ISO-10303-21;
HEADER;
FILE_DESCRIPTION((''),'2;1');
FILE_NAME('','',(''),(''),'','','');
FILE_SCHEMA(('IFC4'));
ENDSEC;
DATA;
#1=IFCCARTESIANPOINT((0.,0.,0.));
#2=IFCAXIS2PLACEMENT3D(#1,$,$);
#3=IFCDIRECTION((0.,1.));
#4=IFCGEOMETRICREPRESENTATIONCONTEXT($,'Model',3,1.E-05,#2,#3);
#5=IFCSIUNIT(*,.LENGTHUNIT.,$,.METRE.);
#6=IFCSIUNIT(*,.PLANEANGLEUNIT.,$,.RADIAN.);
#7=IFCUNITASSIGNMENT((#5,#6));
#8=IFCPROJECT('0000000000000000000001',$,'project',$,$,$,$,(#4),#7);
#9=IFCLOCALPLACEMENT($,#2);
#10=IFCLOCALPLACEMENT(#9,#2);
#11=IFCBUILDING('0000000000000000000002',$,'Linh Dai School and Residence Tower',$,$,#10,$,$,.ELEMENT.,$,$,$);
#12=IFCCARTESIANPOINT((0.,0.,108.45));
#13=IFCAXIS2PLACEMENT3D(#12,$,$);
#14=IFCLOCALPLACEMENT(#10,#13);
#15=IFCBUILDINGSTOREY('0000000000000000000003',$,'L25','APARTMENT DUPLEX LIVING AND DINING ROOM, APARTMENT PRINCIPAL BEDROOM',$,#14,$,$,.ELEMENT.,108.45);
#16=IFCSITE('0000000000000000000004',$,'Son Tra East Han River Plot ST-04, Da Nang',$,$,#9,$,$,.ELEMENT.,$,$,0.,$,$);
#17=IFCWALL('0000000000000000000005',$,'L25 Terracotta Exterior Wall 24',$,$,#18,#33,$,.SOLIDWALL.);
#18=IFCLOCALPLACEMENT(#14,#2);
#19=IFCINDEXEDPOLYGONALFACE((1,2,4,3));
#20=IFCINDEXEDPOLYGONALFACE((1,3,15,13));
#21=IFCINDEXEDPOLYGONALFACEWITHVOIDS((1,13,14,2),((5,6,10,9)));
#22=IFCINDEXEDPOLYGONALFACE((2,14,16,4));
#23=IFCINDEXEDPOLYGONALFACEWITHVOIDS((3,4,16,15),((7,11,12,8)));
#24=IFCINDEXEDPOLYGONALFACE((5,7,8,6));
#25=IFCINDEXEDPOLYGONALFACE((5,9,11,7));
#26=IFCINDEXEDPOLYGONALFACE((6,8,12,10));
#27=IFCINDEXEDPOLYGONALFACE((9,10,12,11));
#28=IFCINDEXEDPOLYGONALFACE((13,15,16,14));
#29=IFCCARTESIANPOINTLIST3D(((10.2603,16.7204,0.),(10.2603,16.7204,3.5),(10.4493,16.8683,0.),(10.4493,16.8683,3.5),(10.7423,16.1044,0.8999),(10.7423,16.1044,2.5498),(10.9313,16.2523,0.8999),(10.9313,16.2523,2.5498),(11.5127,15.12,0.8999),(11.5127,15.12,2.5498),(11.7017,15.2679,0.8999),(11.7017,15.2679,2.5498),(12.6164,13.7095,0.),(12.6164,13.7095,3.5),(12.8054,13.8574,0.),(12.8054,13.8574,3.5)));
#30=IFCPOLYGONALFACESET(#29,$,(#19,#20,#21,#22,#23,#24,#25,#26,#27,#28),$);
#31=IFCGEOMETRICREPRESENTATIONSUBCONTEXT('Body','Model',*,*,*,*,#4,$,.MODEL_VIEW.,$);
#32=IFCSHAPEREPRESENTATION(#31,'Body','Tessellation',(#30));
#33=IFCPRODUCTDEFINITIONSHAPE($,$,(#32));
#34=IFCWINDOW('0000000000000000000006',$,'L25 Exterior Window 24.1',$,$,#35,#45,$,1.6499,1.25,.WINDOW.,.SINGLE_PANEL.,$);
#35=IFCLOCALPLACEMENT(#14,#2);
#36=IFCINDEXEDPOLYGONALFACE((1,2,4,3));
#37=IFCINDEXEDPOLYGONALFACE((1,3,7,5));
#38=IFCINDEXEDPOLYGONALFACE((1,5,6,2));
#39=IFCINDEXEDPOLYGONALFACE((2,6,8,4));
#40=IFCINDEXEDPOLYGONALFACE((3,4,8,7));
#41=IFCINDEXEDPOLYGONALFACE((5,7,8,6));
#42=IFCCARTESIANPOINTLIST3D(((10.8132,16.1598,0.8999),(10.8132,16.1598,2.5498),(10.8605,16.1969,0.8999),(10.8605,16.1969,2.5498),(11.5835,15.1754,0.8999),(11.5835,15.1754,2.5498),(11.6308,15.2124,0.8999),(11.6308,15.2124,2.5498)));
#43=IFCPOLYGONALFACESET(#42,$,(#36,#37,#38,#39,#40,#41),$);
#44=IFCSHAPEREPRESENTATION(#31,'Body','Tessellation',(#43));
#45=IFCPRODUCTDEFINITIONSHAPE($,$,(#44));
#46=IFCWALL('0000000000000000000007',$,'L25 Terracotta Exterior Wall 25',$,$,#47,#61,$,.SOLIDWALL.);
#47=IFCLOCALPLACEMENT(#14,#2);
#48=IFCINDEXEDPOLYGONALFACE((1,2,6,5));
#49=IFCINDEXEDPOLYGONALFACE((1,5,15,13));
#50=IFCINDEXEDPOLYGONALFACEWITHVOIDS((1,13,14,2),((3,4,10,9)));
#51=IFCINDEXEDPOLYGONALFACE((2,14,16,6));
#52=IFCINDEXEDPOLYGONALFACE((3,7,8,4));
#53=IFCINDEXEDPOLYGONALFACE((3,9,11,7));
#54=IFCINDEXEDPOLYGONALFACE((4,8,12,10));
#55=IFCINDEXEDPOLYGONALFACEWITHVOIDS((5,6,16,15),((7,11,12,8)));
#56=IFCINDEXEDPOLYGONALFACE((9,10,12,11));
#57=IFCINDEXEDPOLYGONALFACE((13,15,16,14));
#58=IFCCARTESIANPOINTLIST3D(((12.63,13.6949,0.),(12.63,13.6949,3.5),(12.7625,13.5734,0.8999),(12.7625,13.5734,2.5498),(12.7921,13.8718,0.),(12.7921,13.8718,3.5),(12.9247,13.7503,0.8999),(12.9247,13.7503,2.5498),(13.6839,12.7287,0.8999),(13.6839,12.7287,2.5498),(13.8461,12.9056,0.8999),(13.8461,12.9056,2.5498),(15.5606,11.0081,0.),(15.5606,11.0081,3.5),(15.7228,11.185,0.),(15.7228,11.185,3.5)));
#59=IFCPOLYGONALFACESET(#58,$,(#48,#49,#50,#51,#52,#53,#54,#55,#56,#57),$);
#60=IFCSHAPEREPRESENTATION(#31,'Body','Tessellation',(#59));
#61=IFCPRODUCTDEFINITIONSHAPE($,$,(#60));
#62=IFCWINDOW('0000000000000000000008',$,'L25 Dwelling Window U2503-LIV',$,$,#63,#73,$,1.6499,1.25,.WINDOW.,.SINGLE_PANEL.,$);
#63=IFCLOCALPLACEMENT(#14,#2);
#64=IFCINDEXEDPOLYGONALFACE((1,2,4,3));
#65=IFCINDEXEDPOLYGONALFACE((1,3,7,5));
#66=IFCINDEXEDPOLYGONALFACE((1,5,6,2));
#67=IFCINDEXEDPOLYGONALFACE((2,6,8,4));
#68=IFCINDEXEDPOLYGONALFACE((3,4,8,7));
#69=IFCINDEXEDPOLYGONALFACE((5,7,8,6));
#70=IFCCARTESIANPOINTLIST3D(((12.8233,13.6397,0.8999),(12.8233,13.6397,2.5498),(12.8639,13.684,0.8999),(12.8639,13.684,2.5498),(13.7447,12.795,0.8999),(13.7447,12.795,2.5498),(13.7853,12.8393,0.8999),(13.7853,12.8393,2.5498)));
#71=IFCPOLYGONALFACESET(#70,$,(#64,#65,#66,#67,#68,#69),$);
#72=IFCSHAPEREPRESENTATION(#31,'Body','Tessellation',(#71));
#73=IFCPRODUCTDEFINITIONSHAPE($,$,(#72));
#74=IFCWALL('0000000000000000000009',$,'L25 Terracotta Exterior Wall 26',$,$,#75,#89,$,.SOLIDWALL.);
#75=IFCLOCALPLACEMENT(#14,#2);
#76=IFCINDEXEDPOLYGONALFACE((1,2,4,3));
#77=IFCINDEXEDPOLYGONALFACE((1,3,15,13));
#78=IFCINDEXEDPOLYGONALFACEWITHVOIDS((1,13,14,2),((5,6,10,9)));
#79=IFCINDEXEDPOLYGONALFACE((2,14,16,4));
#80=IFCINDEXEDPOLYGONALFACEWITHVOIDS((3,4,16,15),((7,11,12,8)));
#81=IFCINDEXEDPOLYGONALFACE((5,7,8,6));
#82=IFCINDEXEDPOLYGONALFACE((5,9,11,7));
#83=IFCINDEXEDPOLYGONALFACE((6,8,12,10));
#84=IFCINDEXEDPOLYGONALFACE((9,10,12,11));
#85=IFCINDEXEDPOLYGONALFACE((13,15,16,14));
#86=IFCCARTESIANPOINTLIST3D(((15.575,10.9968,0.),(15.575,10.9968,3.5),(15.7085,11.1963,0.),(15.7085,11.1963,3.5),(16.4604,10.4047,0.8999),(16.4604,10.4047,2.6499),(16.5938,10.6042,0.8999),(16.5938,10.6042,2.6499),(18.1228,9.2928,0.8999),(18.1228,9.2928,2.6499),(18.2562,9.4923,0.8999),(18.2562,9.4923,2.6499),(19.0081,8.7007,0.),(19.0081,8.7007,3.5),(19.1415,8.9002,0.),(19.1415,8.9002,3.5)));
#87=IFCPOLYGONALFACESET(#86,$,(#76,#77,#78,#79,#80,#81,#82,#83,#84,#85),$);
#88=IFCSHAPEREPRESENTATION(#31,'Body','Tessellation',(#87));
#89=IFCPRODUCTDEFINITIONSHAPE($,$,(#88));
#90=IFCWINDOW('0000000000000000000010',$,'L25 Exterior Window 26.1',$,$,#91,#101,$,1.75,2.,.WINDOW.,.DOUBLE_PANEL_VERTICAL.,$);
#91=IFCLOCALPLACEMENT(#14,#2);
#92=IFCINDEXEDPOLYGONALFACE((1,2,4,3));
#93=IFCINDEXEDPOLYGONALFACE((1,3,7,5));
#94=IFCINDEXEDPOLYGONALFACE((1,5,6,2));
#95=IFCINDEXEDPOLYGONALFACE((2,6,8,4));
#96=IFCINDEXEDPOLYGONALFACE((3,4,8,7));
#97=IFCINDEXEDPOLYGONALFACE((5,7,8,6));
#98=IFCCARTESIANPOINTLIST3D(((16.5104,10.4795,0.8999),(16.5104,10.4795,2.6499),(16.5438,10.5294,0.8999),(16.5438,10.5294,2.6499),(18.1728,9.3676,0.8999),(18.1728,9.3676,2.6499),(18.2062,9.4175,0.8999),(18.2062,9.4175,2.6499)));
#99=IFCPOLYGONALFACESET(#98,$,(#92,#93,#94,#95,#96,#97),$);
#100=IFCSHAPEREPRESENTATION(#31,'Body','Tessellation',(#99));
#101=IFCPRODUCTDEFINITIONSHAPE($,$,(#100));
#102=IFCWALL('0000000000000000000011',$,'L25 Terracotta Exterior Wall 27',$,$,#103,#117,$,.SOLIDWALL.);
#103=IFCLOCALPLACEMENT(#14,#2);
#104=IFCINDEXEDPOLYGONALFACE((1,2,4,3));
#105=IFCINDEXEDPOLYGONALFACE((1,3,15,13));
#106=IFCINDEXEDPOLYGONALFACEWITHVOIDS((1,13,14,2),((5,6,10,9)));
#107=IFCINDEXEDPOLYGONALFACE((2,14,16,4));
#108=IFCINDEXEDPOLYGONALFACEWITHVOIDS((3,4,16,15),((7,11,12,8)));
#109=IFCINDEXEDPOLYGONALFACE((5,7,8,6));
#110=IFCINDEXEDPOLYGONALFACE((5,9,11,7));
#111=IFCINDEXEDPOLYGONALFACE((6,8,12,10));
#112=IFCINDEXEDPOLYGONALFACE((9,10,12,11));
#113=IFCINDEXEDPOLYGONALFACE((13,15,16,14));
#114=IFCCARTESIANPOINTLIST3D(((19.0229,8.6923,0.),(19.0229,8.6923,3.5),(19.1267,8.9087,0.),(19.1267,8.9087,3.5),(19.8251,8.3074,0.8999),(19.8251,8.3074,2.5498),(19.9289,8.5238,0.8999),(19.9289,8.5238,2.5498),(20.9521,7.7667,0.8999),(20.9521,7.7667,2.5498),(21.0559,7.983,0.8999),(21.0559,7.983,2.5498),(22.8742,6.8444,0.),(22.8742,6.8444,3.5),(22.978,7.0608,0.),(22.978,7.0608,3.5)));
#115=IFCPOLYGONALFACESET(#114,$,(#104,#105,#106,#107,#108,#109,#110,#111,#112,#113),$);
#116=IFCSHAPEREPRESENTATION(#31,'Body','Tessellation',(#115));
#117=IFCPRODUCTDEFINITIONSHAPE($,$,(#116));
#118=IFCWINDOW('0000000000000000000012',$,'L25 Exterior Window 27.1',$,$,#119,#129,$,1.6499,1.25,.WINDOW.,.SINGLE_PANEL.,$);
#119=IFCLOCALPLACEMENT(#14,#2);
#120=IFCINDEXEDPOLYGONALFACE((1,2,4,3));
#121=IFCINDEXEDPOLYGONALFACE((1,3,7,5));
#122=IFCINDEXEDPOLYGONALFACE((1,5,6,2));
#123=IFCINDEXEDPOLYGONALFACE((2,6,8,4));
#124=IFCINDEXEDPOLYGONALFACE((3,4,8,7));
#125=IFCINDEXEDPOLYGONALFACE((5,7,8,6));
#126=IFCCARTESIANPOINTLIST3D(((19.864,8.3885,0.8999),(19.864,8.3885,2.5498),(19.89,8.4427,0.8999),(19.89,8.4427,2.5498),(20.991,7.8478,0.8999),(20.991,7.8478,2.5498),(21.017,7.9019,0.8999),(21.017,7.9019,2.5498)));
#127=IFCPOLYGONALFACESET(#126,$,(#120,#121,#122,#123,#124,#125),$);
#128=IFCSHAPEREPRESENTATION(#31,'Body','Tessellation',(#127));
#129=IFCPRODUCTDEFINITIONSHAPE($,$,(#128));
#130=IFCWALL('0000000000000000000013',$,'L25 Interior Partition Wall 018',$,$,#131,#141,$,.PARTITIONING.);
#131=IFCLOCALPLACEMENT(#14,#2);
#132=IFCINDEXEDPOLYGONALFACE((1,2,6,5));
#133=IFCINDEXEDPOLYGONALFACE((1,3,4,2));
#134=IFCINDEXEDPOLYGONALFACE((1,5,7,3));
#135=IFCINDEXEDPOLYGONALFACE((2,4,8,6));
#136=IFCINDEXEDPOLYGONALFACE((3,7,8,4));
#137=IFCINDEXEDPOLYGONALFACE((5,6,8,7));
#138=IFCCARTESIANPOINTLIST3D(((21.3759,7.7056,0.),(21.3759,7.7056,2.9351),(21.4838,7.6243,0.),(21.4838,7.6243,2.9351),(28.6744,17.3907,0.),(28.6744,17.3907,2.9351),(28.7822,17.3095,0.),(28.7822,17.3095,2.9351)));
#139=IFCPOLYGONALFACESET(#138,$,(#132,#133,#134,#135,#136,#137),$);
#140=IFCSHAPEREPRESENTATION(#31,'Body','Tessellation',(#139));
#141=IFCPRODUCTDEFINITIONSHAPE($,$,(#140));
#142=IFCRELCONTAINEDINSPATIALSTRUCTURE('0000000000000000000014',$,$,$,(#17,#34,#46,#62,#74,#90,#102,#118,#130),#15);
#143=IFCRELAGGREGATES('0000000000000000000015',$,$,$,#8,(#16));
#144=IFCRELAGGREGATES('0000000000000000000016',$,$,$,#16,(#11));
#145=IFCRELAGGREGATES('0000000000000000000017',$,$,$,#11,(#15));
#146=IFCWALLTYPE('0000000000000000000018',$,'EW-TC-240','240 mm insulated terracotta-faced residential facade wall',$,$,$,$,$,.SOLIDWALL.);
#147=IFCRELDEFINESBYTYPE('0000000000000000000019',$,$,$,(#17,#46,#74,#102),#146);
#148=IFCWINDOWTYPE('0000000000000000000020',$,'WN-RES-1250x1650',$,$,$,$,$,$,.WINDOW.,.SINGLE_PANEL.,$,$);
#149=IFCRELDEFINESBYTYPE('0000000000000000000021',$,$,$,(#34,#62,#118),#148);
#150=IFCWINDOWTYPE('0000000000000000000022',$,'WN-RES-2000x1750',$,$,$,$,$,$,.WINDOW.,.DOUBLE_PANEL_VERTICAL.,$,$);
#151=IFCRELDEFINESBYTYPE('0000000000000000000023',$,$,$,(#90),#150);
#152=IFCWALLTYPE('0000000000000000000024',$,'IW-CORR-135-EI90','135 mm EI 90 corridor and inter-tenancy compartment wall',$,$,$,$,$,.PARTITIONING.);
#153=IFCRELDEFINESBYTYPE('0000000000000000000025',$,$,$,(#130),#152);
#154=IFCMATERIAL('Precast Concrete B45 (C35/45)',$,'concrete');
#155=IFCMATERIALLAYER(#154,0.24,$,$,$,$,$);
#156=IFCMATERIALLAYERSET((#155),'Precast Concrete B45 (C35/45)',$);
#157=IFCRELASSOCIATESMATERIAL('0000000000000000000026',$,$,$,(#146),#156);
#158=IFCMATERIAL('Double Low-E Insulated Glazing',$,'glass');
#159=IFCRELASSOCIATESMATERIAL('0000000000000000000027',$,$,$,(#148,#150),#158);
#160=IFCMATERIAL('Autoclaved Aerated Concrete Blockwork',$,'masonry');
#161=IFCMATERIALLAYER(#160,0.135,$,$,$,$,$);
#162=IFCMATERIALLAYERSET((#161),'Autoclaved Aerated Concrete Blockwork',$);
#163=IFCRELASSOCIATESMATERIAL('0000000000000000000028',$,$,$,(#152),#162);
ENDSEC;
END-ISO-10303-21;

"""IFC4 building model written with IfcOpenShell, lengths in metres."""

from ifc_helpers import new_model, si_unit, direction, frame, frame_2d, origin, origin_2d, place, context, subcontext, project, spatial, rectangle, extrude, source, transform, mapped, material, layer, layer_set, type_object, element, fill, save


model = new_model("IFC4")

# Units and contexts
model_context = context("Model", 3, precision=1e-05, world=origin(), true_north=direction((0.0, 1.0)))
body_context = subcontext(model_context, "Body", "Model", "MODEL_VIEW")
ifc_project = project(units=[si_unit("LENGTHUNIT", "METRE"), si_unit("PLANEANGLEUNIT", "RADIAN")], contexts=[model_context])

# Site, building, storey
site_placement = place(None, origin())
site = spatial("IfcSite", under=ifc_project, at=site_placement, Name="Son Tra East Han River Plot ST-04, Da Nang", CompositionType="ELEMENT", RefElevation=0.0)
building_placement = place(site_placement, origin())
building = spatial("IfcBuilding", under=site, at=building_placement, Name="Linh Dai School and Residence Tower", CompositionType="ELEMENT")
storey_placement = place(building_placement, frame((0.0, 0.0, 108.45)))
storey = spatial("IfcBuildingStorey", under=building, at=storey_placement, Name="L25", Description="APARTMENT DUPLEX LIVING AND DINING ROOM, APARTMENT PRINCIPAL BEDROOM", CompositionType="ELEMENT", Elevation=108.45)

# Shared definitions
ifc_material_1 = material(Name="Precast Concrete B45 (C35/45)", Category="concrete")

# Walls, openings, windows
ifc_layer_1 = layer(ifc_material_1, 0.24)
ifc_layer_set_1 = layer_set([ifc_layer_1], Name="Precast Concrete B45 (C35/45)")
wall_type_1 = type_object("IfcWallType", Name="EW-TC-240", Description="240 mm insulated terracotta-faced residential facade wall", PredefinedType="SOLIDWALL", material=ifc_layer_set_1)
wall_1_placement = place(storey_placement, frame((12.7109, 13.7834, 0.0), z_axis=(0.0, 0.0, 1.0), x_axis=(-0.616272, 0.787533, 0.0)))
wall_1 = element("IfcWall", 1, at=wall_1_placement, inside=storey, type_object=wall_type_1, Name="L25 Terracotta Exterior Wall 24", PredefinedType="SOLIDWALL", context=body_context, shape_type="SweptSolid", body=[
    extrude(rectangle(XDim=3.8232, YDim=0.24, at=frame_2d((1.9116, 0.0))), origin(), (0.0, 0.0, 1.0), 3.5),
])
opening_1_placement = place(wall_1_placement, frame((1.791, 0.0, 0.8999)))
opening_1 = element("IfcOpeningElement", 2, at=opening_1_placement, cuts=wall_1, PredefinedType="OPENING", context=body_context, shape_type="SweptSolid", body=[
    extrude(rectangle(XDim=1.25, YDim=1.6499, at=origin_2d()), frame((0.625, 0.1299, 0.825), z_axis=(0.0, -1.0, 0.0), x_axis=(1.0, 0.0, 0.0)), (0.0, 0.0, 1.0), 0.26),
])
ifc_material_2 = material(Name="Double Low-E Insulated Glazing", Category="glass")
window_type_1 = type_object("IfcWindowType", Name="WN-RES-1250x1650", PartitioningType="SINGLE_PANEL", PredefinedType="WINDOW", material=ifc_material_2)
shared_shape_1 = source(origin(), body_context, "Body", "SweptSolid", [
    extrude(rectangle(XDim=1.25, YDim=1.6499, at=origin_2d()), frame((0.625, 0.03, 0.825), z_axis=(0.0, -1.0, 0.0), x_axis=(1.0, 0.0, 0.0)), (0.0, 0.0, 1.0), 0.0601),
])
window_1_placement = place(opening_1_placement, origin())
window_1 = element("IfcWindow", 3, at=window_1_placement, inside=storey, type_object=window_type_1, Name="L25 Exterior Window 24.1", OverallHeight=1.6499, OverallWidth=1.25, PartitioningType="SINGLE_PANEL", PredefinedType="WINDOW", context=body_context, shape_type="MappedRepresentation", body=[
    mapped(shared_shape_1, transform((0.0, 0.0, 0.0), x_axis=(1.0, 0.0, 0.0), y_axis=(0.0, 1.0, 0.0), z_axis=(0.0, 0.0, 1.0), scale=1.0)),
])
fill(opening_1, window_1)
wall_2_placement = place(storey_placement, frame((15.6416, 11.0967, 0.0), z_axis=(0.0, 0.0, 1.0), x_axis=(-0.737113, 0.675769, 0.0)))
wall_2 = element("IfcWall", 4, at=wall_2_placement, inside=storey, type_object=wall_type_1, Name="L25 Terracotta Exterior Wall 25", PredefinedType="SOLIDWALL", context=body_context, shape_type="SweptSolid", body=[
    extrude(rectangle(XDim=3.9758, YDim=0.24, at=frame_2d((1.9878, 0.0))), origin(), (0.0, 0.0, 1.0), 3.5),
])
opening_2_placement = place(wall_2_placement, frame((2.5459, 0.0, 0.8999)))
opening_2 = element("IfcOpeningElement", 5, at=opening_2_placement, cuts=wall_2, PredefinedType="OPENING", context=body_context, shape_type="SweptSolid", body=[
    extrude(rectangle(XDim=1.25, YDim=1.6499, at=origin_2d()), frame((0.625, 0.1299, 0.825), z_axis=(0.0, -1.0, 0.0), x_axis=(1.0, 0.0, 0.0)), (0.0, 0.0, 1.0), 0.26),
])
window_2_placement = place(opening_2_placement, origin())
window_2 = element("IfcWindow", 6, at=window_2_placement, inside=storey, type_object=window_type_1, Name="L25 Dwelling Window U2503-LIV", OverallHeight=1.6499, OverallWidth=1.25, PartitioningType="SINGLE_PANEL", PredefinedType="WINDOW", context=body_context, shape_type="MappedRepresentation", body=[
    mapped(shared_shape_1, transform((0.0, 0.0, 0.0), x_axis=(1.0, 0.0, 0.0), y_axis=(0.0, 1.0, 0.0), z_axis=(0.0, 0.0, 1.0), scale=1.0)),
])
fill(opening_2, window_2)
wall_3_placement = place(storey_placement, frame((19.0747, 8.8005, 0.0), z_axis=(0.0, 0.0, 1.0), x_axis=(-0.831222, 0.555941, 0.0)))
wall_3 = element("IfcWall", 7, at=wall_3_placement, inside=storey, type_object=wall_type_1, Name="L25 Terracotta Exterior Wall 26", PredefinedType="SOLIDWALL", context=body_context, shape_type="SweptSolid", body=[
    extrude(rectangle(XDim=4.1301, YDim=0.24, at=frame_2d((2.0649, 0.0))), origin(), (0.0, 0.0, 1.0), 3.5),
])
opening_3_placement = place(wall_3_placement, frame((1.0649, 0.0, 0.8999)))
opening_3 = element("IfcOpeningElement", 8, at=opening_3_placement, cuts=wall_3, PredefinedType="OPENING", context=body_context, shape_type="SweptSolid", body=[
    extrude(rectangle(XDim=2.0, YDim=1.75, at=origin_2d()), frame((1.0, 0.1299, 0.875), z_axis=(0.0, -1.0, 0.0), x_axis=(1.0, 0.0, 0.0)), (0.0, 0.0, 1.0), 0.26),
])
window_type_2 = type_object("IfcWindowType", Name="WN-RES-2000x1750", PartitioningType="DOUBLE_PANEL_VERTICAL", PredefinedType="WINDOW", material=ifc_material_2)
shared_shape_2 = source(origin(), body_context, "Body", "SweptSolid", [
    extrude(rectangle(XDim=2.0, YDim=1.75, at=origin_2d()), frame((1.0, 0.03, 0.875), z_axis=(0.0, -1.0, 0.0), x_axis=(1.0, 0.0, 0.0)), (0.0, 0.0, 1.0), 0.0601),
])
window_3_placement = place(opening_3_placement, origin())
window_3 = element("IfcWindow", 9, at=window_3_placement, inside=storey, type_object=window_type_2, Name="L25 Exterior Window 26.1", OverallHeight=1.75, OverallWidth=2.0, PartitioningType="DOUBLE_PANEL_VERTICAL", PredefinedType="WINDOW", context=body_context, shape_type="MappedRepresentation", body=[
    mapped(shared_shape_2, transform((0.0, 0.0, 0.0), x_axis=(1.0, 0.0, 0.0), y_axis=(0.0, 1.0, 0.0), z_axis=(0.0, 0.0, 1.0), scale=1.0)),
])
fill(opening_3, window_3)
wall_4_placement = place(storey_placement, frame((22.926, 6.9526, 0.0), z_axis=(0.0, 0.0, 1.0), x_axis=(-0.90159, 0.432592, 0.0)))
wall_4 = element("IfcWall", 10, at=wall_4_placement, inside=storey, type_object=wall_type_1, Name="L25 Terracotta Exterior Wall 27", PredefinedType="SOLIDWALL", context=body_context, shape_type="SweptSolid", body=[
    extrude(rectangle(XDim=4.2717, YDim=0.24, at=frame_2d((2.1357, 0.0))), origin(), (0.0, 0.0, 1.0), 3.5),
])
opening_4_placement = place(wall_4_placement, frame((2.1318, 0.0, 0.8999)))
opening_4 = element("IfcOpeningElement", 11, at=opening_4_placement, cuts=wall_4, PredefinedType="OPENING", context=body_context, shape_type="SweptSolid", body=[
    extrude(rectangle(XDim=1.25, YDim=1.6499, at=origin_2d()), frame((0.625, 0.1299, 0.825), z_axis=(0.0, -1.0, 0.0), x_axis=(1.0, 0.0, 0.0)), (0.0, 0.0, 1.0), 0.26),
])
window_4_placement = place(opening_4_placement, origin())
window_4 = element("IfcWindow", 12, at=window_4_placement, inside=storey, type_object=window_type_1, Name="L25 Exterior Window 27.1", OverallHeight=1.6499, OverallWidth=1.25, PartitioningType="SINGLE_PANEL", PredefinedType="WINDOW", context=body_context, shape_type="MappedRepresentation", body=[
    mapped(shared_shape_1, transform((0.0, 0.0, 0.0), x_axis=(1.0, 0.0, 0.0), y_axis=(0.0, 1.0, 0.0), z_axis=(0.0, 0.0, 1.0), scale=1.0)),
])
fill(opening_4, window_4)

# Wall
ifc_material_3 = material(Name="Autoclaved Aerated Concrete Blockwork", Category="masonry")
ifc_layer_2 = layer(ifc_material_3, 0.135)
ifc_layer_set_2 = layer_set([ifc_layer_2], Name="Autoclaved Aerated Concrete Blockwork")
wall_type_2 = type_object("IfcWallType", Name="IW-CORR-135-EI90", Description="135 mm EI 90 corridor and inter-tenancy compartment wall", PredefinedType="PARTITIONING", material=ifc_layer_set_2)
wall_5_placement = place(storey_placement, frame((21.4299, 7.665, 0.0), z_axis=(0.0, 0.0, 1.0), x_axis=(0.601822, 0.798631, 0.0)))
element("IfcWall", 13, at=wall_5_placement, inside=storey, type_object=wall_type_2, Name="L25 Interior Partition Wall 018", PredefinedType="PARTITIONING", context=body_context, shape_type="SweptSolid", body=[
    extrude(rectangle(XDim=12.1272, YDim=0.135, at=frame_2d((6.0635, 0.0))), origin(), (0.0, 0.0, 1.0), 2.9351),
])

save(model, "model.ifc")
